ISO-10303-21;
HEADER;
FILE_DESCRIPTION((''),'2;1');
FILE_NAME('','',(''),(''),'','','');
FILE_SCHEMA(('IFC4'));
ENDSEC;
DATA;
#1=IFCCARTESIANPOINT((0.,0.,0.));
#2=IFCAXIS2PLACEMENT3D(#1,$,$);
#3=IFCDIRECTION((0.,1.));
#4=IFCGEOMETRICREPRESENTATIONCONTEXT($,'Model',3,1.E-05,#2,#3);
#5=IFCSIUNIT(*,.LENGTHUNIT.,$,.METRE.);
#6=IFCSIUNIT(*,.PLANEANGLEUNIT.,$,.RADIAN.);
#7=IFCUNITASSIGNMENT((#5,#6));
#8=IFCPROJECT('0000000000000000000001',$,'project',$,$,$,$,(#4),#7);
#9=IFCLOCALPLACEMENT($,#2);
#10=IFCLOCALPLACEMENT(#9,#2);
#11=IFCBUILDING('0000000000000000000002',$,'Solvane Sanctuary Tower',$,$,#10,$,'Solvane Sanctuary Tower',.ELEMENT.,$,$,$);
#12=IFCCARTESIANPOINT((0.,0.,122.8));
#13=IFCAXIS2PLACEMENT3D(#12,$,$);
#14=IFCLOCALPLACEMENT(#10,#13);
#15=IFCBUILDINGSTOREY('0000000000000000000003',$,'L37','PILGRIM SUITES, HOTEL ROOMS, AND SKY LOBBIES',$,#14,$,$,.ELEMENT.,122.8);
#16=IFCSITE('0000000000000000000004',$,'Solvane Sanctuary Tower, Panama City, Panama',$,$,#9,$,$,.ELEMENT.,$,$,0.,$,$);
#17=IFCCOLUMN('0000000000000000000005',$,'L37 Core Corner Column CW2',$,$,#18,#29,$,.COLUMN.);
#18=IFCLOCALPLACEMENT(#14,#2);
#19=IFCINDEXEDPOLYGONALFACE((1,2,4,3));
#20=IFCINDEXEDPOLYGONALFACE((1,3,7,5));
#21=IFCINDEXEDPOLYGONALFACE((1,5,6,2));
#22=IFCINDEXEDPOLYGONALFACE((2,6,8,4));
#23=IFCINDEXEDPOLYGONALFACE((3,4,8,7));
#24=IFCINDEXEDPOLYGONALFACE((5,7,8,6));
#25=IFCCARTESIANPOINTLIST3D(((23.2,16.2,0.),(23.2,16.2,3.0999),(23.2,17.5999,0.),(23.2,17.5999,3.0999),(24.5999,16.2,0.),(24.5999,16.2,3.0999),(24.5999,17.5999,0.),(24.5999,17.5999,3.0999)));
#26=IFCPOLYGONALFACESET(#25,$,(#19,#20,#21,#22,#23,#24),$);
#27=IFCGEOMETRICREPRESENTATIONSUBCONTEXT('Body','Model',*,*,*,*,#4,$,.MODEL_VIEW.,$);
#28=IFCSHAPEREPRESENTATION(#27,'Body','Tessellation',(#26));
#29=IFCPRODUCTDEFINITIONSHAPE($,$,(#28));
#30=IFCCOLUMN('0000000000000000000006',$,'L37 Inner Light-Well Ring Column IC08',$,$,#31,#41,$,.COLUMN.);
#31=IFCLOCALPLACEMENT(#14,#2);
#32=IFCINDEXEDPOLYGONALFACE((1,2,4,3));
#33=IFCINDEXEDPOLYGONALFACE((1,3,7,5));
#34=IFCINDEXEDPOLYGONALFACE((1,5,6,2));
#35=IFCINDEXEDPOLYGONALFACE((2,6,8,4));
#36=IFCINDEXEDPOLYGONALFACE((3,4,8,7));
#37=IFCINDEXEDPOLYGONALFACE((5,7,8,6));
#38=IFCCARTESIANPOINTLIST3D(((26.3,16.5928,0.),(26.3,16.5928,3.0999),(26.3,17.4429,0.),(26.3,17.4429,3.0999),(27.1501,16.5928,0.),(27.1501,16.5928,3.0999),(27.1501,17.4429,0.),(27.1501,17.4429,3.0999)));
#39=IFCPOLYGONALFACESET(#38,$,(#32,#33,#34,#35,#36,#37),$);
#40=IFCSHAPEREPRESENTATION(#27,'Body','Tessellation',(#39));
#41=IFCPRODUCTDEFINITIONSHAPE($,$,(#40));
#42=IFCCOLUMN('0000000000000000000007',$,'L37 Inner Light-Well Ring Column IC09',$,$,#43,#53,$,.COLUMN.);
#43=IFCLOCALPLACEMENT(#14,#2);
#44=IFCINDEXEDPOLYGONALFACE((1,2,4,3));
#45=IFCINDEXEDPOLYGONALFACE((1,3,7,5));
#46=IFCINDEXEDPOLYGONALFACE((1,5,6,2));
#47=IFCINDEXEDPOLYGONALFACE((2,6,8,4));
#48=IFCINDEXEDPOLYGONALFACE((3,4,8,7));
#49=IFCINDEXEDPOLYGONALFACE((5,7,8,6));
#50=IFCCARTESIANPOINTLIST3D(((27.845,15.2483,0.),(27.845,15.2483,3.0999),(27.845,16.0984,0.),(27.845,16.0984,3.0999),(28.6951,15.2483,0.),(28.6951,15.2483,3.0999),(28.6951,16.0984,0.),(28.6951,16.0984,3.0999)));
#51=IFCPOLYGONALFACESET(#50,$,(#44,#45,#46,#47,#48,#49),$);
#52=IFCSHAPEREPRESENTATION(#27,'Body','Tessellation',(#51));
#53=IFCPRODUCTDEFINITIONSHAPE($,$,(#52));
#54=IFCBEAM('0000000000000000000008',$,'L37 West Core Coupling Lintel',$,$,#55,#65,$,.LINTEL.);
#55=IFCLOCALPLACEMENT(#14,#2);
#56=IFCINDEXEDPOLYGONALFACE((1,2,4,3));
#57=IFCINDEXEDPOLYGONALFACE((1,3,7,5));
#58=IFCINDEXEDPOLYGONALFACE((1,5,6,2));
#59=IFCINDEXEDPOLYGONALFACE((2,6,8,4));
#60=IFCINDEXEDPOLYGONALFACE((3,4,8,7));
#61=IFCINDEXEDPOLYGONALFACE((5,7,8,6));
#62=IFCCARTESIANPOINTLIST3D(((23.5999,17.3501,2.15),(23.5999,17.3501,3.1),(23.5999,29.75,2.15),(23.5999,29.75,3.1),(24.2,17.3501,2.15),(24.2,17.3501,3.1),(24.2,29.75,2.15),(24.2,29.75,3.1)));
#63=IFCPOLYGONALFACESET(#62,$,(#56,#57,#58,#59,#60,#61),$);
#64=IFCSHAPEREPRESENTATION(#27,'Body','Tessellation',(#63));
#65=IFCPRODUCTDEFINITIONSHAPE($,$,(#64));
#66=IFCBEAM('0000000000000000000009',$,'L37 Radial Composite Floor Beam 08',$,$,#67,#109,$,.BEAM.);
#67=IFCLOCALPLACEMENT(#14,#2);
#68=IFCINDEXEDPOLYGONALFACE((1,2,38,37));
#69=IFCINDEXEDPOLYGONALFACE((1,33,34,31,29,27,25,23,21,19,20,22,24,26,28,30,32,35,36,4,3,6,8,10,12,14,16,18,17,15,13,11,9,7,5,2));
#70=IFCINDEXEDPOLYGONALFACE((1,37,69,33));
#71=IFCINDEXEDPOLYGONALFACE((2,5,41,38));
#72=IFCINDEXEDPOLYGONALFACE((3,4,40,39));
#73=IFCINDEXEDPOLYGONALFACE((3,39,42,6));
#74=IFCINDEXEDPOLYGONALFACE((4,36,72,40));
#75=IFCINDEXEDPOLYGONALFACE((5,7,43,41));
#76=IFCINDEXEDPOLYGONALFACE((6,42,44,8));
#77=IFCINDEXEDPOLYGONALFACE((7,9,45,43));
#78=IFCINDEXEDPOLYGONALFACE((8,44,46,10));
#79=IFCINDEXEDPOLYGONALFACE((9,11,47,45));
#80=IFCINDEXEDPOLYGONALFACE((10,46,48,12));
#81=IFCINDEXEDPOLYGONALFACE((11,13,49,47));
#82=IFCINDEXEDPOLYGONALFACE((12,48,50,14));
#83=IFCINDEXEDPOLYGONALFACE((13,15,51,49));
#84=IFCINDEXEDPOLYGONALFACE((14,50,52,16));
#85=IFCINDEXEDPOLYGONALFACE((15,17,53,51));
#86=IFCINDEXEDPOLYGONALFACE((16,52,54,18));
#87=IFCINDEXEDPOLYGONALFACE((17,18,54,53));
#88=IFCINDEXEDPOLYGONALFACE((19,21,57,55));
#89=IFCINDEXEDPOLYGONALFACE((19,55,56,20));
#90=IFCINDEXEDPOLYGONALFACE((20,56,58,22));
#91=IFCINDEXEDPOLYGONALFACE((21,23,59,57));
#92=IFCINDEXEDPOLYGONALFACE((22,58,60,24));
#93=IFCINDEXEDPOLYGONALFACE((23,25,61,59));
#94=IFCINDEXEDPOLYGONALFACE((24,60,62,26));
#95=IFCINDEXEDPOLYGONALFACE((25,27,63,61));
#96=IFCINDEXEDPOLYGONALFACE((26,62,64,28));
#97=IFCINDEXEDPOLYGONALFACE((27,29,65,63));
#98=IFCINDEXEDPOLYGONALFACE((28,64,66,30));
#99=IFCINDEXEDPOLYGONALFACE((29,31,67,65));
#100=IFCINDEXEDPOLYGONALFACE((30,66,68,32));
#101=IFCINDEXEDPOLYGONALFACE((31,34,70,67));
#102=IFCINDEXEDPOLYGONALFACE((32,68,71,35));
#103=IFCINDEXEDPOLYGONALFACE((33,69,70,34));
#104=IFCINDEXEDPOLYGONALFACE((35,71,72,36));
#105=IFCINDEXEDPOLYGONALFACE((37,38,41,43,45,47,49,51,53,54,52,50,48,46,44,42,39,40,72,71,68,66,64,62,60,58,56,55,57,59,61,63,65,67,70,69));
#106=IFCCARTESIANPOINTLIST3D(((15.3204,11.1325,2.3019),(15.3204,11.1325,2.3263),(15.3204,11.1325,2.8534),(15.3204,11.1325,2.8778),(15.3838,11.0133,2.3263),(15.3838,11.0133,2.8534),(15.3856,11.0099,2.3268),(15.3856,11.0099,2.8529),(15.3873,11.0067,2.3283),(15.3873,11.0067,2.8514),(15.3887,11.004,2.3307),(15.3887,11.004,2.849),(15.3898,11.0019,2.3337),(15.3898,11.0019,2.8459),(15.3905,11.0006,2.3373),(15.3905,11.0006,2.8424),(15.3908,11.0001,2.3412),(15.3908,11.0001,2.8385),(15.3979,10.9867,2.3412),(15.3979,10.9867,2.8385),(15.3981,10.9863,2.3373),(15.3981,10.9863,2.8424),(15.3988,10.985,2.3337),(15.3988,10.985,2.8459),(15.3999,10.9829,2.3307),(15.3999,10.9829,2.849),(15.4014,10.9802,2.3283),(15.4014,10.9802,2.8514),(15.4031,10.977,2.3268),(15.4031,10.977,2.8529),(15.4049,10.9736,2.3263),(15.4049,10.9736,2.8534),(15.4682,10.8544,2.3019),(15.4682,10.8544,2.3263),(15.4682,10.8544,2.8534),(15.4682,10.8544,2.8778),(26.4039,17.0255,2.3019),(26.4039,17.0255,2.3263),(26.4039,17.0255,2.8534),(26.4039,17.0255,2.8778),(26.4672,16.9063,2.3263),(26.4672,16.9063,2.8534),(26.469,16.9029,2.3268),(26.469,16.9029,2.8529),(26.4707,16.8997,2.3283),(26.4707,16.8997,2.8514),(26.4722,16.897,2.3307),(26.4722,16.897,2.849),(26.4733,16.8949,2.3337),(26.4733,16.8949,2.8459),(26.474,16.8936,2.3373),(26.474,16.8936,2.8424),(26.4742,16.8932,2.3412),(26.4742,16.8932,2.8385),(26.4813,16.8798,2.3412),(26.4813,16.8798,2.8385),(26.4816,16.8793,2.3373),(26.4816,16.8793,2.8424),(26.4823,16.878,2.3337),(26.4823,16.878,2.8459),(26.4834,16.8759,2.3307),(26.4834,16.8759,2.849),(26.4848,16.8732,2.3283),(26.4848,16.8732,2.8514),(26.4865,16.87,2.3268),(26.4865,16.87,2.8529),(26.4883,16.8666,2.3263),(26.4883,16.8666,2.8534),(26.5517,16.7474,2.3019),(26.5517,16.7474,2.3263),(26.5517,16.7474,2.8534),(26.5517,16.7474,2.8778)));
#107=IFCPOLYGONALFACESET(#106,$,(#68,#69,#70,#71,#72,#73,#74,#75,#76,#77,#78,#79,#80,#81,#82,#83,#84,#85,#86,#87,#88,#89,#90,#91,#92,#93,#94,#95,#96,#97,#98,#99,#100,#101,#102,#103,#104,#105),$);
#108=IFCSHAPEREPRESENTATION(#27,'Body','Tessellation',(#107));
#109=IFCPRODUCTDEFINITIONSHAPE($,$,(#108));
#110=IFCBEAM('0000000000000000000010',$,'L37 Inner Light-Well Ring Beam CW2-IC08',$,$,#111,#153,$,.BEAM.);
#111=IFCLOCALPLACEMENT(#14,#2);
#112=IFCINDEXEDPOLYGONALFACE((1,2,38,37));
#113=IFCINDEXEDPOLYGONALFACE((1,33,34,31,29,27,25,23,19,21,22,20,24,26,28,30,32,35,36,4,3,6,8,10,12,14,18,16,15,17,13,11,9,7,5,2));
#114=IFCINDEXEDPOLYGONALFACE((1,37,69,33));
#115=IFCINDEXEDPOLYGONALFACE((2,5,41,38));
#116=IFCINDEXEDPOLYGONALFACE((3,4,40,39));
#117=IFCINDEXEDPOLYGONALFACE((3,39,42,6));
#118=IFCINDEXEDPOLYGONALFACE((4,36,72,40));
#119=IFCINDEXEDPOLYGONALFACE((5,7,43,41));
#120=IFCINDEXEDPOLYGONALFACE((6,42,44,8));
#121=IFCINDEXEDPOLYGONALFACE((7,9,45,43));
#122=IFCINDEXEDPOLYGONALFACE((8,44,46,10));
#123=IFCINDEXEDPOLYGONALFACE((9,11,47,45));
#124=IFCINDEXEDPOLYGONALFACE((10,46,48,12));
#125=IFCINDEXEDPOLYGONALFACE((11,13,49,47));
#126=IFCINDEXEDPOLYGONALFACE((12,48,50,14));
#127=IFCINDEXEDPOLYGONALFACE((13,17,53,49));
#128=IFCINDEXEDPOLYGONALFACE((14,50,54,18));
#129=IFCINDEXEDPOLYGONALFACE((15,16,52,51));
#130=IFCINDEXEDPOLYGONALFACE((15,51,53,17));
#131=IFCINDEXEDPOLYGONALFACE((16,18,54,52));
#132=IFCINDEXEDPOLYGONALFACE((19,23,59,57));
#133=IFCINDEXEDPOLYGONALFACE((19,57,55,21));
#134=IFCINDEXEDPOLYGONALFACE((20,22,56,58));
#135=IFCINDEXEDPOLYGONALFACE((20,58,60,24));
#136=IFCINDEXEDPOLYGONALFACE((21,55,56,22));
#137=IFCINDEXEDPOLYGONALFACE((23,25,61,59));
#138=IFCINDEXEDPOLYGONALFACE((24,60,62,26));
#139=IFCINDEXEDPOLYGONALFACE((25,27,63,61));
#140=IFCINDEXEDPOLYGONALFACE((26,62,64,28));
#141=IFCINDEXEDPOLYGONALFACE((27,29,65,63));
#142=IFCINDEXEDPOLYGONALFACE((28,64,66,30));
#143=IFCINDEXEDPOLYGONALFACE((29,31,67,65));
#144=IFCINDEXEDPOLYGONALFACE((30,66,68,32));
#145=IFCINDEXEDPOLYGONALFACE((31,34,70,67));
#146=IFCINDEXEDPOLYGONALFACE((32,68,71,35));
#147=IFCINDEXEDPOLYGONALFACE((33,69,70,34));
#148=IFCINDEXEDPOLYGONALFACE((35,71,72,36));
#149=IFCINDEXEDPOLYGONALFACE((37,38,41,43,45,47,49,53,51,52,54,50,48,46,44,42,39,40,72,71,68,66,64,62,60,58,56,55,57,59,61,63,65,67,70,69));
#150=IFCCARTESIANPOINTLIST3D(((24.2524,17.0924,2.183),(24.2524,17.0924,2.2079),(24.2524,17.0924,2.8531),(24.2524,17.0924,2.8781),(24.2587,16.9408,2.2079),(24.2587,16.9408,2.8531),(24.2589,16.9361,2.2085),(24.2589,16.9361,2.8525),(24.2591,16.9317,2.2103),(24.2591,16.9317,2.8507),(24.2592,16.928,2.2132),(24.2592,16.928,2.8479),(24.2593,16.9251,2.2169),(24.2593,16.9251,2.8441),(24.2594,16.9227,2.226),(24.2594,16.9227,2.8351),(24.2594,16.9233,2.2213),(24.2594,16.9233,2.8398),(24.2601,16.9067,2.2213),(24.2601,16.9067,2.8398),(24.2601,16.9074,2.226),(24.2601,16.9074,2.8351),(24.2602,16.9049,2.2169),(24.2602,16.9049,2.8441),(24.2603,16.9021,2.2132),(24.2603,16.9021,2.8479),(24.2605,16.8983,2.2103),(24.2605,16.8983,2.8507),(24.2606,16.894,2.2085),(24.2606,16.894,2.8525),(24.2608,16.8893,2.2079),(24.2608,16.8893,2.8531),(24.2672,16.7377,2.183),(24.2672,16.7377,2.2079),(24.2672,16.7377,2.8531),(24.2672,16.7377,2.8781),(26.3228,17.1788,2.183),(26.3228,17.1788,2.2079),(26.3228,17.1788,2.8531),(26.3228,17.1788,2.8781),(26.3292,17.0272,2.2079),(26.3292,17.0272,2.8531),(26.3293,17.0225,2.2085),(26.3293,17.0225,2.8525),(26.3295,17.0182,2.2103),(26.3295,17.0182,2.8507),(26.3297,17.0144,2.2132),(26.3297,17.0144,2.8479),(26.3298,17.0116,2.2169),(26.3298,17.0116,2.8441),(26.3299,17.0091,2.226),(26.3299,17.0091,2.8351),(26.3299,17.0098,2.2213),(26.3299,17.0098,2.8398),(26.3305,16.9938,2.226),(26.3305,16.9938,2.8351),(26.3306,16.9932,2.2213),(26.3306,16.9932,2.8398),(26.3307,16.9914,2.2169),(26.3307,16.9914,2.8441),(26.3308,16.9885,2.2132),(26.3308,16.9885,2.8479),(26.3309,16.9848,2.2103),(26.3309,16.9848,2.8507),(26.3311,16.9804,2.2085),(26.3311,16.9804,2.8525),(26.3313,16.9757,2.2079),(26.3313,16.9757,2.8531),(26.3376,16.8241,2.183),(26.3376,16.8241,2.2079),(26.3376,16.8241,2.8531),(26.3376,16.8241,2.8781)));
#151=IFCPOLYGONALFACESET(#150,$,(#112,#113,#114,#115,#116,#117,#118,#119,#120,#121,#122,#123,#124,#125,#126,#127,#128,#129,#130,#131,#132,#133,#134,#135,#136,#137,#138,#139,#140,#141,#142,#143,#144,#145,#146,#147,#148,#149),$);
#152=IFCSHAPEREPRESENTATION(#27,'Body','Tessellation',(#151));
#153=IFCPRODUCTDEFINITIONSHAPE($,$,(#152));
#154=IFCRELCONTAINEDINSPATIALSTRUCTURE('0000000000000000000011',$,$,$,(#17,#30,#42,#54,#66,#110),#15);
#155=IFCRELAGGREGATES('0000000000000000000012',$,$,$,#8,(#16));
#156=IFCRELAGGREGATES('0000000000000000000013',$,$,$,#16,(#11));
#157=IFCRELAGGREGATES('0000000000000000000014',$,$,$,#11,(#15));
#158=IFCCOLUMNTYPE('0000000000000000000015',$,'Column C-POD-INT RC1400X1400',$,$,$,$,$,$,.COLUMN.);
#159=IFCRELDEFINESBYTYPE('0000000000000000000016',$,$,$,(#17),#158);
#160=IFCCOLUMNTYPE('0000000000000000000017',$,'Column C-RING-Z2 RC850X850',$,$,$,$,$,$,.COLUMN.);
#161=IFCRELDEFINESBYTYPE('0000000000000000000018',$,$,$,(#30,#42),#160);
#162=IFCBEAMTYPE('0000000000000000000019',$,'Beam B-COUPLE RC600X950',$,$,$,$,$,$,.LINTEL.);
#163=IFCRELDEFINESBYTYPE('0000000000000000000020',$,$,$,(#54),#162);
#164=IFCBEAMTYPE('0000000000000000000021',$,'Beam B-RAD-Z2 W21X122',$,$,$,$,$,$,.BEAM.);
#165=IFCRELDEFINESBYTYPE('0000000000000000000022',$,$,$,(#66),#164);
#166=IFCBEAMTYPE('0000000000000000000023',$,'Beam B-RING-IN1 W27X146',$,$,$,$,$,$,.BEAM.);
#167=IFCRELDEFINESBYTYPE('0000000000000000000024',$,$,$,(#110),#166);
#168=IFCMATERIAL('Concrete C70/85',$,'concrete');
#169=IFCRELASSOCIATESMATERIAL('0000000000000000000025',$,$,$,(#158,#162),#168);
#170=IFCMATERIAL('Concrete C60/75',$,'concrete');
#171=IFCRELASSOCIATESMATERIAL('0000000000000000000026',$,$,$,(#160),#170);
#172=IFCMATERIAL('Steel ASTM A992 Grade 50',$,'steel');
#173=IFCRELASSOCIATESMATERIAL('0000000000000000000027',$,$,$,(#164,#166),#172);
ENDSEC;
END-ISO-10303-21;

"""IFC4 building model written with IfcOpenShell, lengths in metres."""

from ifc_helpers import new_model, si_unit, direction, frame, origin, origin_2d, place, context, subcontext, project, spatial, rectangle, i_section, extrude, material, material_profile, profile_set, type_object, element, save


model = new_model("IFC4")

# Units and contexts
model_context = context("Model", 3, precision=1e-05, world=origin(), true_north=direction((0.0, 1.0)))
body_context = subcontext(model_context, "Body", "Model", "MODEL_VIEW")
ifc_project = project(units=[si_unit("LENGTHUNIT", "METRE"), si_unit("PLANEANGLEUNIT", "RADIAN")], contexts=[model_context])

# Site, building, storey
site_placement = place(None, origin())
site = spatial("IfcSite", under=ifc_project, at=site_placement, Name="Solvane Sanctuary Tower, Panama City, Panama", CompositionType="ELEMENT", RefElevation=0.0)
building_placement = place(site_placement, origin())
building = spatial("IfcBuilding", under=site, at=building_placement, Name="Solvane Sanctuary Tower", LongName="Solvane Sanctuary Tower", CompositionType="ELEMENT")
storey_placement = place(building_placement, frame((0.0, 0.0, 122.8)))
storey = spatial("IfcBuildingStorey", under=building, at=storey_placement, Name="L37", Description="PILGRIM SUITES, HOTEL ROOMS, AND SKY LOBBIES", CompositionType="ELEMENT", Elevation=122.8)

# Columns
ifc_material_1 = material(Name="Concrete C70/85", Category="concrete")
ifc_material_profile_1 = material_profile(ifc_material_1, rectangle(XDim=1.3999, YDim=1.3999, at=origin_2d()), Name="RC1400X1400")
ifc_profile_set_1 = profile_set([ifc_material_profile_1], Name="Concrete C70/85")
column_type_1 = type_object("IfcColumnType", Name="Column C-POD-INT RC1400X1400", PredefinedType="COLUMN", material=ifc_profile_set_1)
column_placement = place(storey_placement, frame((23.8999, 16.8999, 0.0), z_axis=(0.0, 0.0, 1.0), x_axis=(1.0, 0.0, 0.0)))
element("IfcColumn", 1, at=column_placement, inside=storey, type_object=column_type_1, Name="L37 Core Corner Column CW2", PredefinedType="COLUMN", context=body_context, shape_type="SweptSolid", body=[
    extrude(rectangle(XDim=1.3999, YDim=1.3999, at=origin_2d()), origin(), (0.0, 0.0, 1.0), 3.0999),
])
ifc_material_2 = material(Name="Concrete C60/75", Category="concrete")
ifc_material_profile_2 = material_profile(ifc_material_2, rectangle(XDim=0.8501, YDim=0.8501, at=origin_2d()), Name="RC850X850")
ifc_profile_set_2 = profile_set([ifc_material_profile_2], Name="Concrete C60/75")
column_type_2 = type_object("IfcColumnType", Name="Column C-RING-Z2 RC850X850", PredefinedType="COLUMN", material=ifc_profile_set_2)
for number, where, z_axis, x_axis, name in (
    (2, (26.7251, 17.0178, 0.0), (0.0, 0.0, 1.0), (1.0, 0.0, 0.0), "L37 Inner Light-Well Ring Column IC08"),
    (3, (28.27, 15.6733, 0.0), (0.0, 0.0, 1.0), (1.0, 0.0, 0.0), "L37 Inner Light-Well Ring Column IC09"),
):
    element("IfcColumn", number, at=place(storey_placement, frame(where, z_axis=z_axis, x_axis=x_axis)), inside=storey, type_object=column_type_2, Name=name, PredefinedType="COLUMN", context=body_context, shape_type="SweptSolid", body=[
        extrude(rectangle(XDim=0.8501, YDim=0.8501, at=origin_2d()), origin(), (0.0, 0.0, 1.0), 3.0999),
    ])

# Beams
ifc_material_profile_3 = material_profile(ifc_material_1, rectangle(XDim=0.6001, YDim=0.95, at=origin_2d()), Name="RC600X950")
ifc_profile_set_3 = profile_set([ifc_material_profile_3], Name="Concrete C70/85")
beam_type_1 = type_object("IfcBeamType", Name="Beam B-COUPLE RC600X950", PredefinedType="LINTEL", material=ifc_profile_set_3)
beam_1_placement = place(storey_placement, frame((23.8999, 17.3501, 2.625), z_axis=(0.0, 1.0, 0.0), x_axis=(-1.0, 0.0, 0.0)))
element("IfcBeam", 4, at=beam_1_placement, inside=storey, type_object=beam_type_1, Name="L37 West Core Coupling Lintel", PredefinedType="LINTEL", context=body_context, shape_type="SweptSolid", body=[
    extrude(rectangle(XDim=0.6001, YDim=0.95, at=origin_2d()), origin(), (0.0, 0.0, 1.0), 12.3999),
])
ifc_material_3 = material(Name="Steel ASTM A992 Grade 50", Category="steel")
ifc_material_profile_4 = material_profile(ifc_material_3, i_section(OverallWidth=0.3149, OverallDepth=0.5759, WebThickness=0.0151, FlangeThickness=0.0244, FilletRadius=0.0149, at=origin_2d()), Name="W21X122")
ifc_profile_set_4 = profile_set([ifc_material_profile_4], Name="Steel ASTM A992 Grade 50")
beam_type_2 = type_object("IfcBeamType", Name="Beam B-RAD-Z2 W21X122", PredefinedType="BEAM", material=ifc_profile_set_4)
beam_2_placement = place(storey_placement, frame((26.4778, 16.8865, 2.5898), z_axis=(-0.882952, -0.469463, 0.0), x_axis=(0.469463, -0.882952, 0.0)))
element("IfcBeam", 5, at=beam_2_placement, inside=storey, type_object=beam_type_2, Name="L37 Radial Composite Floor Beam 08", PredefinedType="BEAM", context=body_context, shape_type="SweptSolid", body=[
    extrude(i_section(OverallWidth=0.3149, OverallDepth=0.5759, WebThickness=0.0151, FlangeThickness=0.0244, FilletRadius=0.0149, at=origin_2d()), origin(), (0.0, 0.0, 1.0), 12.5527),
])
ifc_material_profile_5 = material_profile(ifc_material_3, i_section(OverallWidth=0.355, OverallDepth=0.6951, WebThickness=0.0154, FlangeThickness=0.0249, FilletRadius=0.0181, at=origin_2d()), Name="W27X146")
ifc_profile_set_5 = profile_set([ifc_material_profile_5], Name="Steel ASTM A992 Grade 50")
beam_type_3 = type_object("IfcBeamType", Name="Beam B-RING-IN1 W27X146", PredefinedType="BEAM", material=ifc_profile_set_5)
beam_3_placement = place(storey_placement, frame((24.2598, 16.915, 2.5305), z_axis=(0.99913, 0.041704, 0.0), x_axis=(-0.041704, 0.99913, 0.0)))
element("IfcBeam", 6, at=beam_3_placement, inside=storey, type_object=beam_type_3, Name="L37 Inner Light-Well Ring Beam CW2-IC08", PredefinedType="BEAM", context=body_context, shape_type="SweptSolid", body=[
    extrude(i_section(OverallWidth=0.355, OverallDepth=0.6951, WebThickness=0.0154, FlangeThickness=0.0249, FilletRadius=0.0181, at=origin_2d()), origin(), (0.0, 0.0, 1.0), 2.0723),
])

save(model, "model.ifc")
